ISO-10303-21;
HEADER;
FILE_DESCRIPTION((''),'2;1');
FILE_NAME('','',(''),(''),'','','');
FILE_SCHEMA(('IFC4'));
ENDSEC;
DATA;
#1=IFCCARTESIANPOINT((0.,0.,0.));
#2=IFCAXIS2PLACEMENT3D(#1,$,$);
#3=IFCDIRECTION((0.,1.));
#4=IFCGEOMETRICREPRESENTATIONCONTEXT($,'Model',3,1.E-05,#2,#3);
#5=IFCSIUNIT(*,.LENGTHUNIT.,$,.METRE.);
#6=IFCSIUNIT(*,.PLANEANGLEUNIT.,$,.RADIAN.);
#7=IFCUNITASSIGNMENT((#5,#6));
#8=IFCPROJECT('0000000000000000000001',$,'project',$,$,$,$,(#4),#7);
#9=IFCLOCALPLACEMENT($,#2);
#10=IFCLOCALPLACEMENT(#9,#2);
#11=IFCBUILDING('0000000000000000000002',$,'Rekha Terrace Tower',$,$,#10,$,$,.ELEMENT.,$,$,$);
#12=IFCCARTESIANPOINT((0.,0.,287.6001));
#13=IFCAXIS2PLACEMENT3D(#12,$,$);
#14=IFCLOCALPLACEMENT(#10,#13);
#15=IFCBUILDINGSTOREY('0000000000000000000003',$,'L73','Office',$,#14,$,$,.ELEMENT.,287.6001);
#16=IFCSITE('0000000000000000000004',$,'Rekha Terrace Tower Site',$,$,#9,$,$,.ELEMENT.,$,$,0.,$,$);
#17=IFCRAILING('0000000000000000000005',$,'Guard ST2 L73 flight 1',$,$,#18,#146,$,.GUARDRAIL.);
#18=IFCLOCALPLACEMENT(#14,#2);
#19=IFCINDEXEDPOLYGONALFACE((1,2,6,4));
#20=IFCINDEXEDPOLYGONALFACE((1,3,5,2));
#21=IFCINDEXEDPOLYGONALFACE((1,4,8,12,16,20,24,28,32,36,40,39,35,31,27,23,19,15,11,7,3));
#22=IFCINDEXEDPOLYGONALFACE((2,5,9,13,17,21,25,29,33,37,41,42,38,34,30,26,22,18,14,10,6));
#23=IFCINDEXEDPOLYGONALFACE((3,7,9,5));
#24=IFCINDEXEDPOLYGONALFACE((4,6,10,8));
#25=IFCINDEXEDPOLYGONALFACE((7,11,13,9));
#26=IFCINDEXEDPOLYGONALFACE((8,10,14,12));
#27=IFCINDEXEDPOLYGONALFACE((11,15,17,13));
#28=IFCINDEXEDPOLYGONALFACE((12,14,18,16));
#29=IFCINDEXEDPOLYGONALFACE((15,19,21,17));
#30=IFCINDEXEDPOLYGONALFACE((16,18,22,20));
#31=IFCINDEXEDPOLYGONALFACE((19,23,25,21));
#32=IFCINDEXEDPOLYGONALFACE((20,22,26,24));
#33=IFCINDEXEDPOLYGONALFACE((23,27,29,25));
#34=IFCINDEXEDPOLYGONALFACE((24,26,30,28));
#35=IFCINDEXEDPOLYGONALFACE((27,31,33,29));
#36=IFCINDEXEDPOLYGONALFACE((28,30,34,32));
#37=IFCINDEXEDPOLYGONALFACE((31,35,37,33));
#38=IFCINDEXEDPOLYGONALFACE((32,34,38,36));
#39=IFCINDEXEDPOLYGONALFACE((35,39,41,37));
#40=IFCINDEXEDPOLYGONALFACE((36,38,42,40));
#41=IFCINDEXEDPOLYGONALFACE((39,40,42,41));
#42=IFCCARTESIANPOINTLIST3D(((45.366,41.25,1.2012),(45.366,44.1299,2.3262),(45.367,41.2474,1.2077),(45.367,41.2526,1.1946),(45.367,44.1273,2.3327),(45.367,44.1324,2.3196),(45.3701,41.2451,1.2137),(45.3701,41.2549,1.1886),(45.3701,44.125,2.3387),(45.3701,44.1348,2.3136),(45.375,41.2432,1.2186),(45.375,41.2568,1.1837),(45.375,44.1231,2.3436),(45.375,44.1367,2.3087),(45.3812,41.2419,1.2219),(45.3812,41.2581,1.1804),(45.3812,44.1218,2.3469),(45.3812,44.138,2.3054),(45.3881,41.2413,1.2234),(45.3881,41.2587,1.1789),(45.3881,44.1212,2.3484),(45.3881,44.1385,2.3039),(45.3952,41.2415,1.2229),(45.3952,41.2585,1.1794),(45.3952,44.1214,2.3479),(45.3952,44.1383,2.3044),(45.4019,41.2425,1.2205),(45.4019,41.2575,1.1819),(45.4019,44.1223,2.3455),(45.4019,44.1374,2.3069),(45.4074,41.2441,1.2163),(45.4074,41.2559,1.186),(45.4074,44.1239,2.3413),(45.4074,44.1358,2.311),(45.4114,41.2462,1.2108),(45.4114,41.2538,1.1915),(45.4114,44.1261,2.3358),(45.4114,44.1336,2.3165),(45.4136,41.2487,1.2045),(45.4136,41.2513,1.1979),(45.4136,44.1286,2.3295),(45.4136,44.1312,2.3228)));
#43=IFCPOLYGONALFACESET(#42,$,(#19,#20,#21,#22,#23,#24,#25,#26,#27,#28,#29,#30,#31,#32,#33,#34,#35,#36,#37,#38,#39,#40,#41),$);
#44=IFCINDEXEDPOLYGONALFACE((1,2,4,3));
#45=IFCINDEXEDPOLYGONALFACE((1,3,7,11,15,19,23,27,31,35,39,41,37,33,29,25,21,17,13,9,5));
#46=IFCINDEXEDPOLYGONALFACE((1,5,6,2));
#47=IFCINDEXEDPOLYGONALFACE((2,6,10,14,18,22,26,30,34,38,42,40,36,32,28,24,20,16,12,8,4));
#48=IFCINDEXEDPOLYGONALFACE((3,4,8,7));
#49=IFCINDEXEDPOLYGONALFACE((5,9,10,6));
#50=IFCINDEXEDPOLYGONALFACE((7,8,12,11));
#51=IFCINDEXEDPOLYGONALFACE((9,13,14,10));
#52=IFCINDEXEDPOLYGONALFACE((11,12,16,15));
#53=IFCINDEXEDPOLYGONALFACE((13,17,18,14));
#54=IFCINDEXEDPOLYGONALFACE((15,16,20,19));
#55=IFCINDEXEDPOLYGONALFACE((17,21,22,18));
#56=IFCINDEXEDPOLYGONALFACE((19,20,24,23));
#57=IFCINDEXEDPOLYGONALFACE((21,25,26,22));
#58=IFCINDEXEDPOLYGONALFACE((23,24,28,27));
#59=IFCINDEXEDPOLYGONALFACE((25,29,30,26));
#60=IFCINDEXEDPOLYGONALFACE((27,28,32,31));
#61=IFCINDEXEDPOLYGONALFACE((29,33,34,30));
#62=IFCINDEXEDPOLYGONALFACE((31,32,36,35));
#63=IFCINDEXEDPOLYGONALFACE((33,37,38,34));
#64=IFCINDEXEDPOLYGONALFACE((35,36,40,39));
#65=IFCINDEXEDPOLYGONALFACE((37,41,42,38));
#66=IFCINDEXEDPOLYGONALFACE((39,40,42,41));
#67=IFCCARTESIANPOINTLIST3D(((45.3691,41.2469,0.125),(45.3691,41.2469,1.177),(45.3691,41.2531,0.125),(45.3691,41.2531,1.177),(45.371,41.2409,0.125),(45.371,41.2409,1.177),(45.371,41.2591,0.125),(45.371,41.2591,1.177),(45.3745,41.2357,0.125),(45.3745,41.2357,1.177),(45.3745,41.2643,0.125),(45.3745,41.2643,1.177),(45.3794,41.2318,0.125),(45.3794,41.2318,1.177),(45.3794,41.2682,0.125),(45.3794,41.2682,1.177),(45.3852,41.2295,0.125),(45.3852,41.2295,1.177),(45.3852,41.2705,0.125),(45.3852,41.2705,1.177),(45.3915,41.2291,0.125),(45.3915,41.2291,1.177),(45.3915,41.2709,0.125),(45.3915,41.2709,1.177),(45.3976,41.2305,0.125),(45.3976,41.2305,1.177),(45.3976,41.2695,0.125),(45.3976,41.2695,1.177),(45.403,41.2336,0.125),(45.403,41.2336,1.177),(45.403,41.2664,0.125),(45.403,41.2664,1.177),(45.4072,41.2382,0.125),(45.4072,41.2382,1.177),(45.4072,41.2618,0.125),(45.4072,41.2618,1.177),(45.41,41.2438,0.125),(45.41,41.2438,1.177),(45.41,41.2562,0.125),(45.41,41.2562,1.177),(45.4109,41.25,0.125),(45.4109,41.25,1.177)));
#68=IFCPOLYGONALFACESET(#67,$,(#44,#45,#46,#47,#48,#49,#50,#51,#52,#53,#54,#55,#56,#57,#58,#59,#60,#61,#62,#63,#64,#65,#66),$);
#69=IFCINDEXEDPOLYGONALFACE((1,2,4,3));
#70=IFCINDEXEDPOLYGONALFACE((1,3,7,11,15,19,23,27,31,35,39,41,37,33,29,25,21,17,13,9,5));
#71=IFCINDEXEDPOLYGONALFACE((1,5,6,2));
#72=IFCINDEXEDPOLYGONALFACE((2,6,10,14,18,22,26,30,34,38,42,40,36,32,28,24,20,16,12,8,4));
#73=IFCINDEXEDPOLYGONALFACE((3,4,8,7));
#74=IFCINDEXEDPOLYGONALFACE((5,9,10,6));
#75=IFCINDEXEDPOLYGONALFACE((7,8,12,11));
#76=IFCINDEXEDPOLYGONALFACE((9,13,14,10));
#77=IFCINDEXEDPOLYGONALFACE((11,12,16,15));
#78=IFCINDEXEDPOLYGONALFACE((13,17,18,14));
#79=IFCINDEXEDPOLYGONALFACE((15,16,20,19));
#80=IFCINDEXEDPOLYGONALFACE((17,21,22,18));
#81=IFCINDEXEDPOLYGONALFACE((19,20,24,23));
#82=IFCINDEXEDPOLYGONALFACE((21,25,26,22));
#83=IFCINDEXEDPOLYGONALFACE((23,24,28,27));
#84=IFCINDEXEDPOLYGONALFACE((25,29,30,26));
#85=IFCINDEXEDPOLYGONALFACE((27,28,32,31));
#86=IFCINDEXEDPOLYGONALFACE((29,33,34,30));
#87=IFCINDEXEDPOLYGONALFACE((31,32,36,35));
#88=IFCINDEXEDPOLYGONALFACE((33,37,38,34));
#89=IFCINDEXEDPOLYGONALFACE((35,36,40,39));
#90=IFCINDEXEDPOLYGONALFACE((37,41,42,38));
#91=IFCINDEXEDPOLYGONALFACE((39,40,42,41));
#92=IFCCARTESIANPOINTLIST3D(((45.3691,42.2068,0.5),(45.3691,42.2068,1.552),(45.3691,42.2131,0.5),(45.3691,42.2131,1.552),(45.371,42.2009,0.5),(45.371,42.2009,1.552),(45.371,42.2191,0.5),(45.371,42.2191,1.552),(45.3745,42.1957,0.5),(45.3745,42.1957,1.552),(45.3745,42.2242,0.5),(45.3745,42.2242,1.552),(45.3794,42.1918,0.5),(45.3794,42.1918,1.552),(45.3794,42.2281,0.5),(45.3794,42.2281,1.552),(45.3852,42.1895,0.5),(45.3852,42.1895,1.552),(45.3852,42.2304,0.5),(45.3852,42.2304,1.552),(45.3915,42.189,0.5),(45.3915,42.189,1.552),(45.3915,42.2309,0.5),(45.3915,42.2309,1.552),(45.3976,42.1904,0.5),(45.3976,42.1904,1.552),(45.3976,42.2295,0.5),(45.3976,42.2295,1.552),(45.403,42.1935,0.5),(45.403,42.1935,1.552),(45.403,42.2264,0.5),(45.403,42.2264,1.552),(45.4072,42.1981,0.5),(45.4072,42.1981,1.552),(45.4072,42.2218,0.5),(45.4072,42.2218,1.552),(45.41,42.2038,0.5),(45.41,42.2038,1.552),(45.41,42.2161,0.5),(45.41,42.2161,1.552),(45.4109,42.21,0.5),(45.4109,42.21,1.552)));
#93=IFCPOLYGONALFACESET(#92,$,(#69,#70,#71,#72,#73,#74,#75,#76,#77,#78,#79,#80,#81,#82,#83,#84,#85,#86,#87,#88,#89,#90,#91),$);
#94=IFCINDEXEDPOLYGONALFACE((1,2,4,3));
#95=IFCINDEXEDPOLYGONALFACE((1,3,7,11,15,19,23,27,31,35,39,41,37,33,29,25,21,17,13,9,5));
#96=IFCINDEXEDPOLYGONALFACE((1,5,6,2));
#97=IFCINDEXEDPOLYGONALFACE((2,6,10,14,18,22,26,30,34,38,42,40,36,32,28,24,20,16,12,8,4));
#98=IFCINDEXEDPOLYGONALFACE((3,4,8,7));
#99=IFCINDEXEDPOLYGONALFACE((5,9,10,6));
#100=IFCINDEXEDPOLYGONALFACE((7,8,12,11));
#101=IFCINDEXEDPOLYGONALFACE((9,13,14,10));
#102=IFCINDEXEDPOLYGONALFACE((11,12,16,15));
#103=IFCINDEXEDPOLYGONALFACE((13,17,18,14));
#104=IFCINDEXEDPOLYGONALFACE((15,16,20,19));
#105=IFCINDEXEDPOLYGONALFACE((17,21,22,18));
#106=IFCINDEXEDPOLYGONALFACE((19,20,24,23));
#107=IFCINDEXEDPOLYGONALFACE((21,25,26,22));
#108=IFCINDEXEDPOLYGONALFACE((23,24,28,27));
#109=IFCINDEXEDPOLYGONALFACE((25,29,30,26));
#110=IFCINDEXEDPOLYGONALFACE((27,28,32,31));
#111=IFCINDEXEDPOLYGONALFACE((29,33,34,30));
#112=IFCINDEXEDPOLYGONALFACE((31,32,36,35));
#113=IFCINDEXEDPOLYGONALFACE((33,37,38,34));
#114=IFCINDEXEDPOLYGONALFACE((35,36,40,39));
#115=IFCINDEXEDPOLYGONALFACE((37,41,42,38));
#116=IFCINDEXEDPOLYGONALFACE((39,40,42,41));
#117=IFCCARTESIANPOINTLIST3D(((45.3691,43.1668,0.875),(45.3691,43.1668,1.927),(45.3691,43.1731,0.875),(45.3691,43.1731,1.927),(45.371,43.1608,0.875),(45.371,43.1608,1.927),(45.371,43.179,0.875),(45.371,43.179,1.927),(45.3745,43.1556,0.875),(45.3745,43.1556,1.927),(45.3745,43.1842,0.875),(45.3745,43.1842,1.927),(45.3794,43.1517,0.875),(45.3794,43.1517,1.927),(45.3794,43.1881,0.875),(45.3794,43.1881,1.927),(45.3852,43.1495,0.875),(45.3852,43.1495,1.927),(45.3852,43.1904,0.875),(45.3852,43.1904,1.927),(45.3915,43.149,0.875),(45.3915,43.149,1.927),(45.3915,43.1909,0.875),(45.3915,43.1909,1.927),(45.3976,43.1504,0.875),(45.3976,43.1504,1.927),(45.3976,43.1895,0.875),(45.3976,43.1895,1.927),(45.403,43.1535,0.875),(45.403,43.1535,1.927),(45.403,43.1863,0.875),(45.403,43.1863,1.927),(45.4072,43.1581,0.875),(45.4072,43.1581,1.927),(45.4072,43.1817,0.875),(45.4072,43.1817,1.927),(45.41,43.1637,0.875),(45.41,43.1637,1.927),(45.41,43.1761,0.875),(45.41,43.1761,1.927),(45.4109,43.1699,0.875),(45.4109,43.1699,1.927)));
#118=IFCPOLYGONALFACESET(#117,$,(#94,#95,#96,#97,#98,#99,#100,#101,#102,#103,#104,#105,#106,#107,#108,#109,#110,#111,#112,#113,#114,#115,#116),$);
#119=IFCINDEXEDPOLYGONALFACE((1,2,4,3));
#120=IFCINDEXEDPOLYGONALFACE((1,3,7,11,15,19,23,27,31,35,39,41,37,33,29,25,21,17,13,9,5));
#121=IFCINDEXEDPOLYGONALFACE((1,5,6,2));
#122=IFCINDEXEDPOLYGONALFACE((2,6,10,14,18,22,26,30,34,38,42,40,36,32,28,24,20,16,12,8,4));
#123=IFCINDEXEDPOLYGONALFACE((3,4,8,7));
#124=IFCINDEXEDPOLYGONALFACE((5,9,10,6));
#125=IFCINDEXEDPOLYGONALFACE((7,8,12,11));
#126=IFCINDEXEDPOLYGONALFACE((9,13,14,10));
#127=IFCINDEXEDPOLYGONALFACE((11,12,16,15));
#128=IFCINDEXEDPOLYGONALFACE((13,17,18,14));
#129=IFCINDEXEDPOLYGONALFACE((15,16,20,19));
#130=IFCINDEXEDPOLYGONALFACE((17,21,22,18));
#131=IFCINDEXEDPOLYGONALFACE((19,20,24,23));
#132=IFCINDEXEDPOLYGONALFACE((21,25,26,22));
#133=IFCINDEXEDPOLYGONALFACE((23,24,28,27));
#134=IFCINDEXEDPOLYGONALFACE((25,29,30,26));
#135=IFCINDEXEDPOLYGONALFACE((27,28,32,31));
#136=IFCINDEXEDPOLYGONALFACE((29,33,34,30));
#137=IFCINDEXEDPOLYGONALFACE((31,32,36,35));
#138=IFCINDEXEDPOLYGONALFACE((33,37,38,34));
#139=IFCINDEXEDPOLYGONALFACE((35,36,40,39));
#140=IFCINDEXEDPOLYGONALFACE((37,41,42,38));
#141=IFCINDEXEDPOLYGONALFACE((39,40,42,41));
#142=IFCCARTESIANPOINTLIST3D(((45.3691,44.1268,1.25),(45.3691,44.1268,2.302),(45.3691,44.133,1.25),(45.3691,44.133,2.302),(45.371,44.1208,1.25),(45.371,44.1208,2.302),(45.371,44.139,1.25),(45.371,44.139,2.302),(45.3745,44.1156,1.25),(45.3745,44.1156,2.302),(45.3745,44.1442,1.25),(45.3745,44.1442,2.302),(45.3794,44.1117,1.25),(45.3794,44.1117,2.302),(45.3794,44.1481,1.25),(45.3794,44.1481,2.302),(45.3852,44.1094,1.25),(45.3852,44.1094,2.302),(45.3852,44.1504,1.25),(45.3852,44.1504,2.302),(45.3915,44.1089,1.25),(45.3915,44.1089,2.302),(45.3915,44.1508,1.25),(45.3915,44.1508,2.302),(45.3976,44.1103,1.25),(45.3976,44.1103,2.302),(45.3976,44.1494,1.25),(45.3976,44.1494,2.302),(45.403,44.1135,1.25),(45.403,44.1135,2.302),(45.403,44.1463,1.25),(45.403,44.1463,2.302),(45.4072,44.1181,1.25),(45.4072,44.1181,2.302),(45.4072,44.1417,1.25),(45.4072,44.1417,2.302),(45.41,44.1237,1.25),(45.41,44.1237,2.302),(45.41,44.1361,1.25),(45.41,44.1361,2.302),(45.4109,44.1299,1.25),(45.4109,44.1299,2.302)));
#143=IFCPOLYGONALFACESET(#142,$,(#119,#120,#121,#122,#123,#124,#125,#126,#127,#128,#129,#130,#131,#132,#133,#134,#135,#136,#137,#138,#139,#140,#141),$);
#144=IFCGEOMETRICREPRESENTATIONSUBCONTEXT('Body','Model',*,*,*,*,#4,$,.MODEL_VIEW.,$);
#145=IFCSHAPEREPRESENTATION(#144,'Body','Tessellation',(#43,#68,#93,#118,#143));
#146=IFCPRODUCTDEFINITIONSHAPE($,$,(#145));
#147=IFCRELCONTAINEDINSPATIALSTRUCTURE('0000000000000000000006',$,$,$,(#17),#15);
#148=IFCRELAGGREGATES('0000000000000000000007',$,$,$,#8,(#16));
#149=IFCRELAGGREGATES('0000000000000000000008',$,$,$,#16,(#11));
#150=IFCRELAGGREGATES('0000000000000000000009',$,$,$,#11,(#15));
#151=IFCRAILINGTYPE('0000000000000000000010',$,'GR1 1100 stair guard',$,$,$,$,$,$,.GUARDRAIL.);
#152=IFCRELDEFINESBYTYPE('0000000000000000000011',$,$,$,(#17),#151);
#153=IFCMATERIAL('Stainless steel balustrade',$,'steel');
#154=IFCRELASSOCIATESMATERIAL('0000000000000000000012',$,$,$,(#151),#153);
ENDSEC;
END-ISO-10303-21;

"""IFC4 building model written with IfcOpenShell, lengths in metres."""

from ifc_helpers import new_model, si_unit, direction, frame, origin, origin_2d, place, context, subcontext, project, spatial, circle, extrude, material, type_object, element, save


model = new_model("IFC4")

# Units and contexts
model_context = context("Model", 3, precision=1e-05, world=origin(), true_north=direction((0.0, 1.0)))
body_context = subcontext(model_context, "Body", "Model", "MODEL_VIEW")
ifc_project = project(units=[si_unit("LENGTHUNIT", "METRE"), si_unit("PLANEANGLEUNIT", "RADIAN")], contexts=[model_context])

# Site, building, storey
site_placement = place(None, origin())
site = spatial("IfcSite", under=ifc_project, at=site_placement, Name="Rekha Terrace Tower Site", CompositionType="ELEMENT", RefElevation=0.0)
building_placement = place(site_placement, origin())
building = spatial("IfcBuilding", under=site, at=building_placement, Name="Rekha Terrace Tower", CompositionType="ELEMENT")
storey_placement = place(building_placement, frame((0.0, 0.0, 287.6001)))
storey = spatial("IfcBuildingStorey", under=building, at=storey_placement, Name="L73", Description="Office", CompositionType="ELEMENT", Elevation=287.6001)

# Railing
ifc_material_1 = material(Name="Stainless steel balustrade", Category="steel")
railing_type_1 = type_object("IfcRailingType", Name="GR1 1100 stair guard", PredefinedType="GUARDRAIL", material=ifc_material_1)
railing_1_placement = place(storey_placement, frame((45.3899, 41.25, 0.125)))
element("IfcRailing", 1, at=railing_1_placement, inside=storey, type_object=railing_type_1, Name="Guard ST2 L73 flight 1", PredefinedType="GUARDRAIL", context=body_context, shape_type="SweptSolid", body=[
    extrude(circle(Radius=0.0239, at=origin_2d()), frame((0.0, 0.0, 1.0762), z_axis=(0.0, 0.931452, 0.363863), x_axis=(-1.0, 0.0, 0.0)), (0.0, 0.0, 1.0), 3.0918),
    extrude(circle(Radius=0.021, at=origin_2d()), origin(), (0.0, 0.0, 1.0), 1.052),
    extrude(circle(Radius=0.021, at=origin_2d()), frame((0.0, 0.96, 0.375)), (0.0, 0.0, 1.0), 1.052),
    extrude(circle(Radius=0.021, at=origin_2d()), frame((0.0, 1.9199, 0.75)), (0.0, 0.0, 1.0), 1.052),
    extrude(circle(Radius=0.021, at=origin_2d()), frame((0.0, 2.8799, 1.125)), (0.0, 0.0, 1.0), 1.052),
])

save(model, "model.ifc")
